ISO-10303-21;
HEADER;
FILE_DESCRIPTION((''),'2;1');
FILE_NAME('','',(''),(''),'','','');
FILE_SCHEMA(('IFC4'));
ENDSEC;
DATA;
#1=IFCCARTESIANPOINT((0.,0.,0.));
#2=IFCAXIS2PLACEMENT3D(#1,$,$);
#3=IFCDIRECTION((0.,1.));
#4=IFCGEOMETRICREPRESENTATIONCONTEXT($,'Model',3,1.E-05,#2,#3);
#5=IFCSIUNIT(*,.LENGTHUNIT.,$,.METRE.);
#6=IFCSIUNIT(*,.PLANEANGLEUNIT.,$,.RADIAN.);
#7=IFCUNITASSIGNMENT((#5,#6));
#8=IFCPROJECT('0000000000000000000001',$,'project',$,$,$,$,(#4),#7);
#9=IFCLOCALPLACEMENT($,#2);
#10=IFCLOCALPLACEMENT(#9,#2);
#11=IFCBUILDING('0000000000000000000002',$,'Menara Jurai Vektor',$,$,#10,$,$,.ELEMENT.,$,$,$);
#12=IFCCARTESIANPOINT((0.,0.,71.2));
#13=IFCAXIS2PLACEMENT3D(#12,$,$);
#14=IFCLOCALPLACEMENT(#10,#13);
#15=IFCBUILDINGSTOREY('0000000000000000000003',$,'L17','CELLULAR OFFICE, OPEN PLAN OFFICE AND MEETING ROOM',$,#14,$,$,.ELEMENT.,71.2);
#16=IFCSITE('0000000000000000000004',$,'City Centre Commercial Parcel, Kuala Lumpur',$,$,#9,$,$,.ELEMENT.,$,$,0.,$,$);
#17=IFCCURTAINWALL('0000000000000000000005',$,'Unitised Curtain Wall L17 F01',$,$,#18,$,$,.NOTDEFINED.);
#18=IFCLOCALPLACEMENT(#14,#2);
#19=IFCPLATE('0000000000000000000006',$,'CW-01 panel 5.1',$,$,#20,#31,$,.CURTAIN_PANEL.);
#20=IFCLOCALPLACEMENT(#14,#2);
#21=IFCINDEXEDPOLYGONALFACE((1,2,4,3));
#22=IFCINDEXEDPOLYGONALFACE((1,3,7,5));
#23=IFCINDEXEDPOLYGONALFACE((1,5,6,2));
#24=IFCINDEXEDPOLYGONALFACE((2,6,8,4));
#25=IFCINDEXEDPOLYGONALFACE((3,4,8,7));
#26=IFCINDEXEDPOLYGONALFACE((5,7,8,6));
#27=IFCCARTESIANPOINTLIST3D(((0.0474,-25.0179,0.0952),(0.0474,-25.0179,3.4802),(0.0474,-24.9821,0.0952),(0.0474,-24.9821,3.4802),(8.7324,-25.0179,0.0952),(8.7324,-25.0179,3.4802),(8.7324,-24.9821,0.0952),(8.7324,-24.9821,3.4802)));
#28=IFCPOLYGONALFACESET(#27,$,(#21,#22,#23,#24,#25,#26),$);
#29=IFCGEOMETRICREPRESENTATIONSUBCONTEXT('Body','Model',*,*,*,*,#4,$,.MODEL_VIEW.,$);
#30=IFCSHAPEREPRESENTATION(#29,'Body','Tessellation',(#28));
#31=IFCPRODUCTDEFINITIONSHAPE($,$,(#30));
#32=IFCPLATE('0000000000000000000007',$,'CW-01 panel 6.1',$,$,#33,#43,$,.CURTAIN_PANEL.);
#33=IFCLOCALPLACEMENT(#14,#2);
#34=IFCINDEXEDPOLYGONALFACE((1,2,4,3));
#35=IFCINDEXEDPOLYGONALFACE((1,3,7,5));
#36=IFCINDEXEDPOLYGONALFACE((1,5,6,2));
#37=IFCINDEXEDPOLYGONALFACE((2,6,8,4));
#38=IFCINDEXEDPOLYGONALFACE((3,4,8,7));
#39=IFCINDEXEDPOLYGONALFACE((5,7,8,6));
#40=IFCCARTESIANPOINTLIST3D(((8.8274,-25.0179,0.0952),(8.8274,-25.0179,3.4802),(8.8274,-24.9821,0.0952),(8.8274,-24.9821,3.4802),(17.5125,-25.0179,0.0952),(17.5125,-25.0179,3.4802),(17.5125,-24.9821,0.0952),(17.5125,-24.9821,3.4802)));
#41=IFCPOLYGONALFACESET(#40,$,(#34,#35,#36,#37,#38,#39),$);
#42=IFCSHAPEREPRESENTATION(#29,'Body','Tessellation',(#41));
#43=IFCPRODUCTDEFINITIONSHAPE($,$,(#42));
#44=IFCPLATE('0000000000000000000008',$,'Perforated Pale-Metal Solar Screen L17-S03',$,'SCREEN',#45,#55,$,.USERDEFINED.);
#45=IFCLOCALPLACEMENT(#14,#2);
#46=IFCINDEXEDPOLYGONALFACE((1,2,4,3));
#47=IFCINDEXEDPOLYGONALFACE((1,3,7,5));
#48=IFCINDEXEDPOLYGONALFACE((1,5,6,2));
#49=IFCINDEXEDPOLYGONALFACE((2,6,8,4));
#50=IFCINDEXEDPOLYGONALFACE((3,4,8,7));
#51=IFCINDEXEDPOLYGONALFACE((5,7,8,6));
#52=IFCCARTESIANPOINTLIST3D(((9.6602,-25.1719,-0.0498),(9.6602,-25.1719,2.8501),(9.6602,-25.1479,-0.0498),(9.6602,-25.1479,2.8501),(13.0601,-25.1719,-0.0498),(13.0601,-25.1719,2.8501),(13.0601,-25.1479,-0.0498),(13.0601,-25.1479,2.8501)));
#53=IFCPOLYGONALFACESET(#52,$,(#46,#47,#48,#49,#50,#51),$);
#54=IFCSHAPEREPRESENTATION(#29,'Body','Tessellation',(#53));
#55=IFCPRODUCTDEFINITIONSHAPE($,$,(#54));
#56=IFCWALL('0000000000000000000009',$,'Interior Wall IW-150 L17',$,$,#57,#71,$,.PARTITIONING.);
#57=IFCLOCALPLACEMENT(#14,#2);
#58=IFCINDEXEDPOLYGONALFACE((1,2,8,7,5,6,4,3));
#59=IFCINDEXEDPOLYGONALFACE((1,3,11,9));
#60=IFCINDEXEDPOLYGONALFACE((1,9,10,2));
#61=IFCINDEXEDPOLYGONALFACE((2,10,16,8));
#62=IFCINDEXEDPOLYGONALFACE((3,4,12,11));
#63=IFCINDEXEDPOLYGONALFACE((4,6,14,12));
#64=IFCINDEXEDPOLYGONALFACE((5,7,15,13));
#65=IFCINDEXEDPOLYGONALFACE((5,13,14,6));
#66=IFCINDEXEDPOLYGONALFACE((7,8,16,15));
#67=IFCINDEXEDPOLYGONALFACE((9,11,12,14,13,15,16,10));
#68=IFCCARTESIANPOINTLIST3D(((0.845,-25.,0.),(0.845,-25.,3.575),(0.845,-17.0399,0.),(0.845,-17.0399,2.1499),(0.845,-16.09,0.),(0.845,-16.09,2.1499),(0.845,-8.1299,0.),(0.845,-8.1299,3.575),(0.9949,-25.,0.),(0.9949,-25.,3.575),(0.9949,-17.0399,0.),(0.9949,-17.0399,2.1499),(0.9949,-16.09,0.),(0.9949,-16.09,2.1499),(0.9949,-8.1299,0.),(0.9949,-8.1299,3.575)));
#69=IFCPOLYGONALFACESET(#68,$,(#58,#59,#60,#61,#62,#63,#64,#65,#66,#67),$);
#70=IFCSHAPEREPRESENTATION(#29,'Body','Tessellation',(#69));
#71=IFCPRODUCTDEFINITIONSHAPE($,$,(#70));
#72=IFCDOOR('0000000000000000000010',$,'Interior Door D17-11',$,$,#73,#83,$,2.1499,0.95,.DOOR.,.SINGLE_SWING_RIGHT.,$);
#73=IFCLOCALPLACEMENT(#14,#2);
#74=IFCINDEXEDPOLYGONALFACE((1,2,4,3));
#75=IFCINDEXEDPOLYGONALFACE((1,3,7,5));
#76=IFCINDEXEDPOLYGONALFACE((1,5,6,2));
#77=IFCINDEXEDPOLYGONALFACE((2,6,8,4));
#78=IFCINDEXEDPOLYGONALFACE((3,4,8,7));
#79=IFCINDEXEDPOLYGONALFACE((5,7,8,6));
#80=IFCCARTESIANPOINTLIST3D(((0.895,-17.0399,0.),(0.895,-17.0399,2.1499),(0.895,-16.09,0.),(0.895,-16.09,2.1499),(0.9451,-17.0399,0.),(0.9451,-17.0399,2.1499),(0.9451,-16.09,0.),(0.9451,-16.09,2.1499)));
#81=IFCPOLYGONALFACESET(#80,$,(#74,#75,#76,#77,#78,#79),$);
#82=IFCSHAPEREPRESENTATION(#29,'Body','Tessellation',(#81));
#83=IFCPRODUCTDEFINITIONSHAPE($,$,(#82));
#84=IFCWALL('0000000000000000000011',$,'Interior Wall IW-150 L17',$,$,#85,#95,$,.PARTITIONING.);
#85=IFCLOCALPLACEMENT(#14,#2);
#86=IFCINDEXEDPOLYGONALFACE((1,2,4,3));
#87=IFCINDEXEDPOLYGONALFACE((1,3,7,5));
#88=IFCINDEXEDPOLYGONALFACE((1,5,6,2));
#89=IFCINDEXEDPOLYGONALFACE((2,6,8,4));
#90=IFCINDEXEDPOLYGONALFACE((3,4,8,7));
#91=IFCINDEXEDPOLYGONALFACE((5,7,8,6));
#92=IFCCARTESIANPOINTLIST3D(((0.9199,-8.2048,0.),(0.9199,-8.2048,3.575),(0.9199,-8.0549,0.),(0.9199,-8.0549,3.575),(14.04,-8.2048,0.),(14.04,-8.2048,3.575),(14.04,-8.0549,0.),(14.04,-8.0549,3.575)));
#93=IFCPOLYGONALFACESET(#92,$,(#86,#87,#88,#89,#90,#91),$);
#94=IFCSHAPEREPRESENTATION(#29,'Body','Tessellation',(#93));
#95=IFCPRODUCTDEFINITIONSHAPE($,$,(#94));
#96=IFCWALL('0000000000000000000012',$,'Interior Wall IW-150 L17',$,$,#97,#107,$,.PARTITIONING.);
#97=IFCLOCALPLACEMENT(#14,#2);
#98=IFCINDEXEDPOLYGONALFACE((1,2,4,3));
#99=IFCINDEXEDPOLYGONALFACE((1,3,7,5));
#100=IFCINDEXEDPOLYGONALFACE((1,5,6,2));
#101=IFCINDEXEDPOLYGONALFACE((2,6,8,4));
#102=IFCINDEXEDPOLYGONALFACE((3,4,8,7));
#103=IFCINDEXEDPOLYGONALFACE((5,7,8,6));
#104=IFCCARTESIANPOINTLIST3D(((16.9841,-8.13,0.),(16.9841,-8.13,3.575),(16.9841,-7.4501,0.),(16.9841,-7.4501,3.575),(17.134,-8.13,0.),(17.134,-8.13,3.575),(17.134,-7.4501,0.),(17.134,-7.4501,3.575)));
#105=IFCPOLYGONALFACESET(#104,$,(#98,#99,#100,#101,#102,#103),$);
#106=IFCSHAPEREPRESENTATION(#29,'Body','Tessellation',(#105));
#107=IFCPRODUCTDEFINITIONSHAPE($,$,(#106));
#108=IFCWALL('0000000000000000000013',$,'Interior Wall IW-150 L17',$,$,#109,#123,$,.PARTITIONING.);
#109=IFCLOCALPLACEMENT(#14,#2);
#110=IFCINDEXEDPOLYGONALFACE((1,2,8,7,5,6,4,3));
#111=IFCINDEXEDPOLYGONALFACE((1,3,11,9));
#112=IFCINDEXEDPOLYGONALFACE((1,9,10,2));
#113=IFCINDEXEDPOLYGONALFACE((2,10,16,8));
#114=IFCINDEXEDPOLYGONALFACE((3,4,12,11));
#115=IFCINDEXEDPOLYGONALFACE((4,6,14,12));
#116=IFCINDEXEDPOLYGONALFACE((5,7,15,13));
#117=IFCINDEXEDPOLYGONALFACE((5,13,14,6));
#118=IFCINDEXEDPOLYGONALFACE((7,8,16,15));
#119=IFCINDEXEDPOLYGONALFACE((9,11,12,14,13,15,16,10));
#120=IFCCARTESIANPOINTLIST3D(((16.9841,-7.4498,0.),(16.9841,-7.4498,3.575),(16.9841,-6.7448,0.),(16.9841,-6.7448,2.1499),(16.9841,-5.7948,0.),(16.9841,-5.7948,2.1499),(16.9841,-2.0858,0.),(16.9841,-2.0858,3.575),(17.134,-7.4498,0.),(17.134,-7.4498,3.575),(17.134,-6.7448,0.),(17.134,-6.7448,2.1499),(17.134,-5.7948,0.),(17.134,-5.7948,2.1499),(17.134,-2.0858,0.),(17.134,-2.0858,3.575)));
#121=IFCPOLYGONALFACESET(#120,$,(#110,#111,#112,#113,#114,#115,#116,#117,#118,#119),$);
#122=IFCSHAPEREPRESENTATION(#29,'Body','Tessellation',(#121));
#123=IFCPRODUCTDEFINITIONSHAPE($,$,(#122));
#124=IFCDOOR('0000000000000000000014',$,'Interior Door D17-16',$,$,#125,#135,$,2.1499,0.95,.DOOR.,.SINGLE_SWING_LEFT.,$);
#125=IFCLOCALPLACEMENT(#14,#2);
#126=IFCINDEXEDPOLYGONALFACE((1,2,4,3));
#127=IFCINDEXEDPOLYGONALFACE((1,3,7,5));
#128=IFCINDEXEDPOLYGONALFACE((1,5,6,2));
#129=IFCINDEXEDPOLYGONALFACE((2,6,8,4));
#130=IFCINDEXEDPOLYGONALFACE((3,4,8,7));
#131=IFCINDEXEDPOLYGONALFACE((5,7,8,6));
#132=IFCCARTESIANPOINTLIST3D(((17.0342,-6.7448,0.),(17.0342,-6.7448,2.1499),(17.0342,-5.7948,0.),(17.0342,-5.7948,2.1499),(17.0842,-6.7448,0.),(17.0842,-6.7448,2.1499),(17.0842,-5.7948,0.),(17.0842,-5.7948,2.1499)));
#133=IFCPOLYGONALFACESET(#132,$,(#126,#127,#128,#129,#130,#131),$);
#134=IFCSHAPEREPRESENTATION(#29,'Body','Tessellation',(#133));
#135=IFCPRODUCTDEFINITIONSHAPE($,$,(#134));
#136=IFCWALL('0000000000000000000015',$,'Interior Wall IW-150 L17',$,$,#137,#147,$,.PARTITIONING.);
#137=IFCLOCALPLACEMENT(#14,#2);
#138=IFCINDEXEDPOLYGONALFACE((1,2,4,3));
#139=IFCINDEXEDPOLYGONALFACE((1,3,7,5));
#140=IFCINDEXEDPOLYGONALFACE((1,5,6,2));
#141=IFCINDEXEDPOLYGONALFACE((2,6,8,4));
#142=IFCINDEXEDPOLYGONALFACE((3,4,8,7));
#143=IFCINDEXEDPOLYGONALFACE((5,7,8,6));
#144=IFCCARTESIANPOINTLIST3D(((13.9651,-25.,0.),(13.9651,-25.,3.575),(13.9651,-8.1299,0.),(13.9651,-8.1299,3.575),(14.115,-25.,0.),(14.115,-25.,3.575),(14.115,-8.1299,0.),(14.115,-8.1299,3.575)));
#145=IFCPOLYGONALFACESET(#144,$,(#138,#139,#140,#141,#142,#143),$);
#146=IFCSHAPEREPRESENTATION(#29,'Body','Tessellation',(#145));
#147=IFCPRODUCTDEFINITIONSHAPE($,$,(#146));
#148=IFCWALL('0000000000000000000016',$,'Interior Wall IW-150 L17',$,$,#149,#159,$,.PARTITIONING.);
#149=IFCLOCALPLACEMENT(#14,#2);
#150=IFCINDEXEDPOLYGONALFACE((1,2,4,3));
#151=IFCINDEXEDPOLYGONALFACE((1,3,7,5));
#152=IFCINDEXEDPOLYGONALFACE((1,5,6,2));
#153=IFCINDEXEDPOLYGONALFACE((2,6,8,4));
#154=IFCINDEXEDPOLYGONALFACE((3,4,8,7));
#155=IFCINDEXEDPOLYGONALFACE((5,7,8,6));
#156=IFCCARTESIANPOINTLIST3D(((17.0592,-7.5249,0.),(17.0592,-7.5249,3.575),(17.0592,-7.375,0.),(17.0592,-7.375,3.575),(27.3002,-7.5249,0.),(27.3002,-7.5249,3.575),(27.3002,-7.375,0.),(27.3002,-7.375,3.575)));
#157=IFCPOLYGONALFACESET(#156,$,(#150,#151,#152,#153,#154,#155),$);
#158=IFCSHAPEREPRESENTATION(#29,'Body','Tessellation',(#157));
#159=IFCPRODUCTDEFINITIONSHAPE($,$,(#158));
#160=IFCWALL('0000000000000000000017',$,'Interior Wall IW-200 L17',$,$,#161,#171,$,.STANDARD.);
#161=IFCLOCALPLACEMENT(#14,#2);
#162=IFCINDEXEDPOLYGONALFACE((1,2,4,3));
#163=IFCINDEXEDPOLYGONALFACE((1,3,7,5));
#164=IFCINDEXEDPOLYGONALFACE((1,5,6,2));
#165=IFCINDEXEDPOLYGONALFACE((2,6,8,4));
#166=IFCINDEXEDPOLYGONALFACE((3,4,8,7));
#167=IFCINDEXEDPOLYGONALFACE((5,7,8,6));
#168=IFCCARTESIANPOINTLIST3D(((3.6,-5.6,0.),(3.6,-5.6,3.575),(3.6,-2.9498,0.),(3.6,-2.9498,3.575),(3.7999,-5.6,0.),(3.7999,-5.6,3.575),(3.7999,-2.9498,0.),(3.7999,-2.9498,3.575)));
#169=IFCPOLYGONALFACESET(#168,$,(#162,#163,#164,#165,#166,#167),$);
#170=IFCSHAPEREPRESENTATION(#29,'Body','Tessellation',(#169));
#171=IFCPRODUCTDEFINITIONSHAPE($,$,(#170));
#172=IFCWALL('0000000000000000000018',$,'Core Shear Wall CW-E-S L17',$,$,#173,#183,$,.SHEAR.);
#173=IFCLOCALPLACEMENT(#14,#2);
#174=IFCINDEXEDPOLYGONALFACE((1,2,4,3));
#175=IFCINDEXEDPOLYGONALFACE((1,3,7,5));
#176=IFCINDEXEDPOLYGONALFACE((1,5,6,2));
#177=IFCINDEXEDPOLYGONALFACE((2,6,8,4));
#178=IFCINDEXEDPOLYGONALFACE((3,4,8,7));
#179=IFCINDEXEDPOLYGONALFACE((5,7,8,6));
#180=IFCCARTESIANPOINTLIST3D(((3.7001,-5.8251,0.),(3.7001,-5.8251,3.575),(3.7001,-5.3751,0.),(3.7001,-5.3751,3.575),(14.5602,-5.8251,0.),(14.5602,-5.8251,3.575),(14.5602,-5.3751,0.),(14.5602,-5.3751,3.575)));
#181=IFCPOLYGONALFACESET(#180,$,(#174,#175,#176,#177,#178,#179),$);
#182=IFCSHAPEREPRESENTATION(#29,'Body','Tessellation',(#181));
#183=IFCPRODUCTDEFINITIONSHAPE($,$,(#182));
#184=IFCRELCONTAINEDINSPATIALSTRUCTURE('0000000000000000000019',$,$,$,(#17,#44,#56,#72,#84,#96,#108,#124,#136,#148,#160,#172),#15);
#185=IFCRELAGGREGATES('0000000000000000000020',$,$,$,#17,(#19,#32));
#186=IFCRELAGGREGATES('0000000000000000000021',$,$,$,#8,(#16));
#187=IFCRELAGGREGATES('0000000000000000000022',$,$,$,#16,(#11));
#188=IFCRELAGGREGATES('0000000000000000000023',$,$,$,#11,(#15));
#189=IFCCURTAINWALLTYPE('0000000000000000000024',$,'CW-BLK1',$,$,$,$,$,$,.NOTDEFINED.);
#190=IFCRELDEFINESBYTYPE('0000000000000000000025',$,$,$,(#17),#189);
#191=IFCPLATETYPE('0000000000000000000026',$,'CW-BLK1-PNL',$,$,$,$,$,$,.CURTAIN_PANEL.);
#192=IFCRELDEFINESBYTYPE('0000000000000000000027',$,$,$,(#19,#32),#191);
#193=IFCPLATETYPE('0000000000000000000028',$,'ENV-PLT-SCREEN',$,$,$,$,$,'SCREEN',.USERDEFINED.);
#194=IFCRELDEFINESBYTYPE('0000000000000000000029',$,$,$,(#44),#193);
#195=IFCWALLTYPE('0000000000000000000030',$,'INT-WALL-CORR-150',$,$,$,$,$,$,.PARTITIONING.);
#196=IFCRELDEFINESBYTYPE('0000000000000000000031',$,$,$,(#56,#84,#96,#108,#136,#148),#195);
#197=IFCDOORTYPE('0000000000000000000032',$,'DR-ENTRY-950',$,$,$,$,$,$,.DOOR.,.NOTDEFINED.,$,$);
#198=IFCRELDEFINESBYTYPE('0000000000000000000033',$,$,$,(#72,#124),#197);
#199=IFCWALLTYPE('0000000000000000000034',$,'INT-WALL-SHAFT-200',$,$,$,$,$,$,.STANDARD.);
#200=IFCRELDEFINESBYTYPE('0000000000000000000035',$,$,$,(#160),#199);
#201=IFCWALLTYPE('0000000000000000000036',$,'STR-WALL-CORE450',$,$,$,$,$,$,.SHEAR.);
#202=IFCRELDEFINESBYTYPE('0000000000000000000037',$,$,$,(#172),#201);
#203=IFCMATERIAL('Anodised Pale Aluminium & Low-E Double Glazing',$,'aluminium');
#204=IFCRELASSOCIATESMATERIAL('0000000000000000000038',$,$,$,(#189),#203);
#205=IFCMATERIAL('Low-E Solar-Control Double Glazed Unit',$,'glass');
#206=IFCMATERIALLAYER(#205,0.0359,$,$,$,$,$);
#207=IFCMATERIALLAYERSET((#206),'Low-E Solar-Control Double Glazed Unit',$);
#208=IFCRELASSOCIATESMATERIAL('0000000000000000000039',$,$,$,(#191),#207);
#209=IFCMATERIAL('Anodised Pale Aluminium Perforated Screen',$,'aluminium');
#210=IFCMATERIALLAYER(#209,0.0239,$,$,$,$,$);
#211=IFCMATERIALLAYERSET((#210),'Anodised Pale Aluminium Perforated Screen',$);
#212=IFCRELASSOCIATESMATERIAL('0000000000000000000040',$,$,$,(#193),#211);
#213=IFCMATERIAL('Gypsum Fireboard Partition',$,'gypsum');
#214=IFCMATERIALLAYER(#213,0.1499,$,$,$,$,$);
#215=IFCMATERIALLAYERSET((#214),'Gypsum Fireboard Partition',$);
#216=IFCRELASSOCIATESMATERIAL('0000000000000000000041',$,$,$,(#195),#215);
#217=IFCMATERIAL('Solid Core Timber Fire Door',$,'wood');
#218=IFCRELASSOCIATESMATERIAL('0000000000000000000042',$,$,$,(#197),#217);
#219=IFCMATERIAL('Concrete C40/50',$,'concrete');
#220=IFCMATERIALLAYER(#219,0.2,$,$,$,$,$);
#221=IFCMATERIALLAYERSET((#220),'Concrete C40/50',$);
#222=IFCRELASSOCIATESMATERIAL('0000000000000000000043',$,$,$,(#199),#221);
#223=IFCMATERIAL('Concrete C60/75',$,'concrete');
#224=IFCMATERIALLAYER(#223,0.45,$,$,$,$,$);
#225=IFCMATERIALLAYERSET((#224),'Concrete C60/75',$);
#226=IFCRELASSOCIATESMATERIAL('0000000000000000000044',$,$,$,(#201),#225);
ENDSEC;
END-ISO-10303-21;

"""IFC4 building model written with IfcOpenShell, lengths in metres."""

from ifc_helpers import new_model, si_unit, direction, frame, frame_2d, origin, origin_2d, place, context, subcontext, project, spatial, rectangle, extrude, material, layer, layer_set, type_object, element, fill, aggregate, save


model = new_model("IFC4")

# Units and contexts
model_context = context("Model", 3, precision=1e-05, world=origin(), true_north=direction((0.0, 1.0)))
body_context = subcontext(model_context, "Body", "Model", "MODEL_VIEW")
ifc_project = project(units=[si_unit("LENGTHUNIT", "METRE"), si_unit("PLANEANGLEUNIT", "RADIAN")], contexts=[model_context])

# Site, building, storey
site_placement = place(None, origin())
site = spatial("IfcSite", under=ifc_project, at=site_placement, Name="City Centre Commercial Parcel, Kuala Lumpur", CompositionType="ELEMENT", RefElevation=0.0)
building_placement = place(site_placement, origin())
building = spatial("IfcBuilding", under=site, at=building_placement, Name="Menara Jurai Vektor", CompositionType="ELEMENT")
storey_placement = place(building_placement, frame((0.0, 0.0, 71.2)))
storey = spatial("IfcBuildingStorey", under=building, at=storey_placement, Name="L17", Description="CELLULAR OFFICE, OPEN PLAN OFFICE AND MEETING ROOM", CompositionType="ELEMENT", Elevation=71.2)

# Shared definitions
ifc_material_1 = material(Name="Concrete C60/75", Category="concrete")

# Curtain wall
ifc_material_2 = material(Name="Anodised Pale Aluminium & Low-E Double Glazing", Category="aluminium")
curtain_wall_type = type_object("IfcCurtainWallType", Name="CW-BLK1", PredefinedType="NOTDEFINED", material=ifc_material_2)
curtain_wall_placement = place(storey_placement, origin())
curtain_wall = element("IfcCurtainWall", 1, at=curtain_wall_placement, inside=storey, type_object=curtain_wall_type, Name="Unitised Curtain Wall L17 F01", PredefinedType="NOTDEFINED")

# Plates
ifc_material_3 = material(Name="Low-E Solar-Control Double Glazed Unit", Category="glass")
ifc_layer_1 = layer(ifc_material_3, 0.0359)
ifc_layer_set_1 = layer_set([ifc_layer_1], Name="Low-E Solar-Control Double Glazed Unit")
plate_type_1 = type_object("IfcPlateType", Name="CW-BLK1-PNL", PredefinedType="CURTAIN_PANEL", material=ifc_layer_set_1)
plate_1_placement = place(storey_placement, frame((4.3899, -25.0, 0.0952), z_axis=(0.0, 0.0, 1.0), x_axis=(1.0, 0.0, 0.0)))
plate_1 = element("IfcPlate", 2, at=plate_1_placement, type_object=plate_type_1, Name="CW-01 panel 5.1", PredefinedType="CURTAIN_PANEL", context=body_context, shape_type="SweptSolid", body=[
    extrude(rectangle(XDim=8.6851, YDim=0.0359, at=origin_2d()), origin(), (0.0, 0.0, 1.0), 3.385),
])
plate_2_placement = place(storey_placement, frame((13.1699, -25.0, 0.0952), z_axis=(0.0, 0.0, 1.0), x_axis=(1.0, 0.0, 0.0)))
plate_2 = element("IfcPlate", 3, at=plate_2_placement, type_object=plate_type_1, Name="CW-01 panel 6.1", PredefinedType="CURTAIN_PANEL", context=body_context, shape_type="SweptSolid", body=[
    extrude(rectangle(XDim=8.6851, YDim=0.0359, at=origin_2d()), origin(), (0.0, 0.0, 1.0), 3.385),
])
aggregate(curtain_wall, [plate_1, plate_2])
ifc_material_4 = material(Name="Anodised Pale Aluminium Perforated Screen", Category="aluminium")
ifc_layer_2 = layer(ifc_material_4, 0.0239)
ifc_layer_set_2 = layer_set([ifc_layer_2], Name="Anodised Pale Aluminium Perforated Screen")
plate_type_2 = type_object("IfcPlateType", Name="ENV-PLT-SCREEN", ElementType="SCREEN", PredefinedType="USERDEFINED", material=ifc_layer_set_2)
plate_3_placement = place(storey_placement, frame((11.3601, -25.1599, -0.0498), z_axis=(0.0, 0.0, 1.0), x_axis=(1.0, 0.0, 0.0)))
element("IfcPlate", 4, at=plate_3_placement, inside=storey, type_object=plate_type_2, Name="Perforated Pale-Metal Solar Screen L17-S03", ObjectType="SCREEN", PredefinedType="USERDEFINED", context=body_context, shape_type="SweptSolid", body=[
    extrude(rectangle(XDim=3.3999, YDim=0.0239, at=origin_2d()), origin(), (0.0, 0.0, 1.0), 2.8999),
])

# Wall, opening, door
ifc_material_5 = material(Name="Gypsum Fireboard Partition", Category="gypsum")
ifc_layer_3 = layer(ifc_material_5, 0.1499)
ifc_layer_set_3 = layer_set([ifc_layer_3], Name="Gypsum Fireboard Partition")
wall_type_1 = type_object("IfcWallType", Name="INT-WALL-CORR-150", PredefinedType="PARTITIONING", material=ifc_layer_set_3)
wall_1_placement = place(storey_placement, frame((0.9199, -25.0, 0.0), z_axis=(0.0, 0.0, 1.0), x_axis=(0.0, 1.0, 0.0)))
wall_1 = element("IfcWall", 5, at=wall_1_placement, inside=storey, type_object=wall_type_1, Name="Interior Wall IW-150 L17", PredefinedType="PARTITIONING", context=body_context, shape_type="SweptSolid", body=[
    extrude(rectangle(XDim=16.8701, YDim=0.1499, at=frame_2d((8.4351, 0.0))), origin(), (0.0, 0.0, 1.0), 3.575),
])
opening_1_placement = place(wall_1_placement, frame((7.96, 0.0, 0.0)))
opening_1 = element("IfcOpeningElement", 6, at=opening_1_placement, cuts=wall_1, PredefinedType="OPENING", context=body_context, shape_type="SweptSolid", body=[
    extrude(rectangle(XDim=0.95, YDim=2.1499, at=frame_2d((0.4751, 1.075))), frame((0.0, 0.085, 0.0), z_axis=(0.0, -1.0, 0.0), x_axis=(1.0, 0.0, 0.0)), (0.0, 0.0, 1.0), 0.1699),
])
ifc_material_6 = material(Name="Solid Core Timber Fire Door", Category="wood")
door_type = type_object("IfcDoorType", Name="DR-ENTRY-950", OperationType="NOTDEFINED", PredefinedType="DOOR", material=ifc_material_6)
door_1_placement = place(opening_1_placement, origin())
door_1 = element("IfcDoor", 7, at=door_1_placement, inside=storey, type_object=door_type, Name="Interior Door D17-11", OperationType="SINGLE_SWING_RIGHT", OverallHeight=2.1499, OverallWidth=0.95, PredefinedType="DOOR", context=body_context, shape_type="SweptSolid", body=[
    extrude(rectangle(XDim=0.95, YDim=2.1499, at=frame_2d((0.4751, 1.075))), frame((0.0, 0.0249, 0.0), z_axis=(0.0, -1.0, 0.0), x_axis=(1.0, 0.0, 0.0)), (0.0, 0.0, 1.0), 0.05),
])
fill(opening_1, door_1)

# Wall
wall_2_placement = place(storey_placement, frame((0.9199, -8.1299, 0.0), z_axis=(0.0, 0.0, 1.0), x_axis=(1.0, 0.0, 0.0)))
element("IfcWall", 8, at=wall_2_placement, inside=storey, type_object=wall_type_1, Name="Interior Wall IW-150 L17", PredefinedType="PARTITIONING", context=body_context, shape_type="SweptSolid", body=[
    extrude(rectangle(XDim=13.1201, YDim=0.1499, at=frame_2d((6.5601, 0.0))), origin(), (0.0, 0.0, 1.0), 3.575),
])

# Wall
wall_3_placement = place(storey_placement, frame((17.0591, -8.1299, 0.0), z_axis=(0.0, 0.0, 1.0), x_axis=(0.0, 1.0, 0.0)))
element("IfcWall", 9, at=wall_3_placement, inside=storey, type_object=wall_type_1, Name="Interior Wall IW-150 L17", PredefinedType="PARTITIONING", context=body_context, shape_type="SweptSolid", body=[
    extrude(rectangle(XDim=0.6799, YDim=0.1499, at=frame_2d((0.3398, 0.0))), origin(), (0.0, 0.0, 1.0), 3.575),
])

# Wall, opening, door
wall_4_placement = place(storey_placement, frame((17.0591, -7.45, 0.0), z_axis=(0.0, 0.0, 1.0), x_axis=(0.0, 1.0, 0.0)))
wall_4 = element("IfcWall", 10, at=wall_4_placement, inside=storey, type_object=wall_type_1, Name="Interior Wall IW-150 L17", PredefinedType="PARTITIONING", context=body_context, shape_type="SweptSolid", body=[
    extrude(rectangle(XDim=5.364, YDim=0.1499, at=frame_2d((2.6821, 0.0))), origin(), (0.0, 0.0, 1.0), 3.575),
])
opening_2_placement = place(wall_4_placement, frame((0.7051, 0.0, 0.0)))
opening_2 = element("IfcOpeningElement", 11, at=opening_2_placement, cuts=wall_4, PredefinedType="OPENING", context=body_context, shape_type="SweptSolid", body=[
    extrude(rectangle(XDim=0.95, YDim=2.1499, at=frame_2d((0.4751, 1.075))), frame((0.0, 0.085, 0.0), z_axis=(0.0, -1.0, 0.0), x_axis=(1.0, 0.0, 0.0)), (0.0, 0.0, 1.0), 0.1699),
])
door_2_placement = place(opening_2_placement, origin())
door_2 = element("IfcDoor", 12, at=door_2_placement, inside=storey, type_object=door_type, Name="Interior Door D17-16", OperationType="SINGLE_SWING_LEFT", OverallHeight=2.1499, OverallWidth=0.95, PredefinedType="DOOR", context=body_context, shape_type="SweptSolid", body=[
    extrude(rectangle(XDim=0.95, YDim=2.1499, at=frame_2d((0.4751, 1.075))), frame((0.0, 0.0249, 0.0), z_axis=(0.0, -1.0, 0.0), x_axis=(1.0, 0.0, 0.0)), (0.0, 0.0, 1.0), 0.05),
])
fill(opening_2, door_2)

# Walls
wall_5_placement = place(storey_placement, frame((14.04, -25.0, 0.0), z_axis=(0.0, 0.0, 1.0), x_axis=(0.0, 1.0, 0.0)))
element("IfcWall", 13, at=wall_5_placement, inside=storey, type_object=wall_type_1, Name="Interior Wall IW-150 L17", PredefinedType="PARTITIONING", context=body_context, shape_type="SweptSolid", body=[
    extrude(rectangle(XDim=16.8701, YDim=0.1499, at=frame_2d((8.4351, 0.0))), origin(), (0.0, 0.0, 1.0), 3.575),
])
wall_6_placement = place(storey_placement, frame((17.0591, -7.45, 0.0), z_axis=(0.0, 0.0, 1.0), x_axis=(1.0, 0.0, 0.0)))
element("IfcWall", 14, at=wall_6_placement, inside=storey, type_object=wall_type_1, Name="Interior Wall IW-150 L17", PredefinedType="PARTITIONING", context=body_context, shape_type="SweptSolid", body=[
    extrude(rectangle(XDim=10.241, YDim=0.1499, at=frame_2d((5.1206, 0.0))), origin(), (0.0, 0.0, 1.0), 3.575),
])
ifc_material_7 = material(Name="Concrete C40/50", Category="concrete")
ifc_layer_4 = layer(ifc_material_7, 0.2)
ifc_layer_set_4 = layer_set([ifc_layer_4], Name="Concrete C40/50")
wall_type_2 = type_object("IfcWallType", Name="INT-WALL-SHAFT-200", PredefinedType="STANDARD", material=ifc_layer_set_4)
wall_7_placement = place(storey_placement, frame((3.7, -5.6001, 0.0), z_axis=(0.0, 0.0, 1.0), x_axis=(0.0, 1.0, 0.0)))
element("IfcWall", 15, at=wall_7_placement, inside=storey, type_object=wall_type_2, Name="Interior Wall IW-200 L17", PredefinedType="STANDARD", context=body_context, shape_type="SweptSolid", body=[
    extrude(rectangle(XDim=2.6501, YDim=0.2, at=frame_2d((1.3252, 0.0))), origin(), (0.0, 0.0, 1.0), 3.575),
])
ifc_layer_5 = layer(ifc_material_1, 0.45)
ifc_layer_set_5 = layer_set([ifc_layer_5], Name="Concrete C60/75")
wall_type_3 = type_object("IfcWallType", Name="STR-WALL-CORE450", PredefinedType="SHEAR", material=ifc_layer_set_5)
wall_8_placement = place(storey_placement, frame((3.7, -5.6001, 0.0), z_axis=(0.0, 0.0, 1.0), x_axis=(1.0, 0.0, 0.0)))
element("IfcWall", 16, at=wall_8_placement, inside=storey, type_object=wall_type_3, Name="Core Shear Wall CW-E-S L17", PredefinedType="SHEAR", context=body_context, shape_type="SweptSolid", body=[
    extrude(rectangle(XDim=10.8601, YDim=0.45, at=frame_2d((5.4302, 0.0))), origin(), (0.0, 0.0, 1.0), 3.575),
])

save(model, "model.ifc")
